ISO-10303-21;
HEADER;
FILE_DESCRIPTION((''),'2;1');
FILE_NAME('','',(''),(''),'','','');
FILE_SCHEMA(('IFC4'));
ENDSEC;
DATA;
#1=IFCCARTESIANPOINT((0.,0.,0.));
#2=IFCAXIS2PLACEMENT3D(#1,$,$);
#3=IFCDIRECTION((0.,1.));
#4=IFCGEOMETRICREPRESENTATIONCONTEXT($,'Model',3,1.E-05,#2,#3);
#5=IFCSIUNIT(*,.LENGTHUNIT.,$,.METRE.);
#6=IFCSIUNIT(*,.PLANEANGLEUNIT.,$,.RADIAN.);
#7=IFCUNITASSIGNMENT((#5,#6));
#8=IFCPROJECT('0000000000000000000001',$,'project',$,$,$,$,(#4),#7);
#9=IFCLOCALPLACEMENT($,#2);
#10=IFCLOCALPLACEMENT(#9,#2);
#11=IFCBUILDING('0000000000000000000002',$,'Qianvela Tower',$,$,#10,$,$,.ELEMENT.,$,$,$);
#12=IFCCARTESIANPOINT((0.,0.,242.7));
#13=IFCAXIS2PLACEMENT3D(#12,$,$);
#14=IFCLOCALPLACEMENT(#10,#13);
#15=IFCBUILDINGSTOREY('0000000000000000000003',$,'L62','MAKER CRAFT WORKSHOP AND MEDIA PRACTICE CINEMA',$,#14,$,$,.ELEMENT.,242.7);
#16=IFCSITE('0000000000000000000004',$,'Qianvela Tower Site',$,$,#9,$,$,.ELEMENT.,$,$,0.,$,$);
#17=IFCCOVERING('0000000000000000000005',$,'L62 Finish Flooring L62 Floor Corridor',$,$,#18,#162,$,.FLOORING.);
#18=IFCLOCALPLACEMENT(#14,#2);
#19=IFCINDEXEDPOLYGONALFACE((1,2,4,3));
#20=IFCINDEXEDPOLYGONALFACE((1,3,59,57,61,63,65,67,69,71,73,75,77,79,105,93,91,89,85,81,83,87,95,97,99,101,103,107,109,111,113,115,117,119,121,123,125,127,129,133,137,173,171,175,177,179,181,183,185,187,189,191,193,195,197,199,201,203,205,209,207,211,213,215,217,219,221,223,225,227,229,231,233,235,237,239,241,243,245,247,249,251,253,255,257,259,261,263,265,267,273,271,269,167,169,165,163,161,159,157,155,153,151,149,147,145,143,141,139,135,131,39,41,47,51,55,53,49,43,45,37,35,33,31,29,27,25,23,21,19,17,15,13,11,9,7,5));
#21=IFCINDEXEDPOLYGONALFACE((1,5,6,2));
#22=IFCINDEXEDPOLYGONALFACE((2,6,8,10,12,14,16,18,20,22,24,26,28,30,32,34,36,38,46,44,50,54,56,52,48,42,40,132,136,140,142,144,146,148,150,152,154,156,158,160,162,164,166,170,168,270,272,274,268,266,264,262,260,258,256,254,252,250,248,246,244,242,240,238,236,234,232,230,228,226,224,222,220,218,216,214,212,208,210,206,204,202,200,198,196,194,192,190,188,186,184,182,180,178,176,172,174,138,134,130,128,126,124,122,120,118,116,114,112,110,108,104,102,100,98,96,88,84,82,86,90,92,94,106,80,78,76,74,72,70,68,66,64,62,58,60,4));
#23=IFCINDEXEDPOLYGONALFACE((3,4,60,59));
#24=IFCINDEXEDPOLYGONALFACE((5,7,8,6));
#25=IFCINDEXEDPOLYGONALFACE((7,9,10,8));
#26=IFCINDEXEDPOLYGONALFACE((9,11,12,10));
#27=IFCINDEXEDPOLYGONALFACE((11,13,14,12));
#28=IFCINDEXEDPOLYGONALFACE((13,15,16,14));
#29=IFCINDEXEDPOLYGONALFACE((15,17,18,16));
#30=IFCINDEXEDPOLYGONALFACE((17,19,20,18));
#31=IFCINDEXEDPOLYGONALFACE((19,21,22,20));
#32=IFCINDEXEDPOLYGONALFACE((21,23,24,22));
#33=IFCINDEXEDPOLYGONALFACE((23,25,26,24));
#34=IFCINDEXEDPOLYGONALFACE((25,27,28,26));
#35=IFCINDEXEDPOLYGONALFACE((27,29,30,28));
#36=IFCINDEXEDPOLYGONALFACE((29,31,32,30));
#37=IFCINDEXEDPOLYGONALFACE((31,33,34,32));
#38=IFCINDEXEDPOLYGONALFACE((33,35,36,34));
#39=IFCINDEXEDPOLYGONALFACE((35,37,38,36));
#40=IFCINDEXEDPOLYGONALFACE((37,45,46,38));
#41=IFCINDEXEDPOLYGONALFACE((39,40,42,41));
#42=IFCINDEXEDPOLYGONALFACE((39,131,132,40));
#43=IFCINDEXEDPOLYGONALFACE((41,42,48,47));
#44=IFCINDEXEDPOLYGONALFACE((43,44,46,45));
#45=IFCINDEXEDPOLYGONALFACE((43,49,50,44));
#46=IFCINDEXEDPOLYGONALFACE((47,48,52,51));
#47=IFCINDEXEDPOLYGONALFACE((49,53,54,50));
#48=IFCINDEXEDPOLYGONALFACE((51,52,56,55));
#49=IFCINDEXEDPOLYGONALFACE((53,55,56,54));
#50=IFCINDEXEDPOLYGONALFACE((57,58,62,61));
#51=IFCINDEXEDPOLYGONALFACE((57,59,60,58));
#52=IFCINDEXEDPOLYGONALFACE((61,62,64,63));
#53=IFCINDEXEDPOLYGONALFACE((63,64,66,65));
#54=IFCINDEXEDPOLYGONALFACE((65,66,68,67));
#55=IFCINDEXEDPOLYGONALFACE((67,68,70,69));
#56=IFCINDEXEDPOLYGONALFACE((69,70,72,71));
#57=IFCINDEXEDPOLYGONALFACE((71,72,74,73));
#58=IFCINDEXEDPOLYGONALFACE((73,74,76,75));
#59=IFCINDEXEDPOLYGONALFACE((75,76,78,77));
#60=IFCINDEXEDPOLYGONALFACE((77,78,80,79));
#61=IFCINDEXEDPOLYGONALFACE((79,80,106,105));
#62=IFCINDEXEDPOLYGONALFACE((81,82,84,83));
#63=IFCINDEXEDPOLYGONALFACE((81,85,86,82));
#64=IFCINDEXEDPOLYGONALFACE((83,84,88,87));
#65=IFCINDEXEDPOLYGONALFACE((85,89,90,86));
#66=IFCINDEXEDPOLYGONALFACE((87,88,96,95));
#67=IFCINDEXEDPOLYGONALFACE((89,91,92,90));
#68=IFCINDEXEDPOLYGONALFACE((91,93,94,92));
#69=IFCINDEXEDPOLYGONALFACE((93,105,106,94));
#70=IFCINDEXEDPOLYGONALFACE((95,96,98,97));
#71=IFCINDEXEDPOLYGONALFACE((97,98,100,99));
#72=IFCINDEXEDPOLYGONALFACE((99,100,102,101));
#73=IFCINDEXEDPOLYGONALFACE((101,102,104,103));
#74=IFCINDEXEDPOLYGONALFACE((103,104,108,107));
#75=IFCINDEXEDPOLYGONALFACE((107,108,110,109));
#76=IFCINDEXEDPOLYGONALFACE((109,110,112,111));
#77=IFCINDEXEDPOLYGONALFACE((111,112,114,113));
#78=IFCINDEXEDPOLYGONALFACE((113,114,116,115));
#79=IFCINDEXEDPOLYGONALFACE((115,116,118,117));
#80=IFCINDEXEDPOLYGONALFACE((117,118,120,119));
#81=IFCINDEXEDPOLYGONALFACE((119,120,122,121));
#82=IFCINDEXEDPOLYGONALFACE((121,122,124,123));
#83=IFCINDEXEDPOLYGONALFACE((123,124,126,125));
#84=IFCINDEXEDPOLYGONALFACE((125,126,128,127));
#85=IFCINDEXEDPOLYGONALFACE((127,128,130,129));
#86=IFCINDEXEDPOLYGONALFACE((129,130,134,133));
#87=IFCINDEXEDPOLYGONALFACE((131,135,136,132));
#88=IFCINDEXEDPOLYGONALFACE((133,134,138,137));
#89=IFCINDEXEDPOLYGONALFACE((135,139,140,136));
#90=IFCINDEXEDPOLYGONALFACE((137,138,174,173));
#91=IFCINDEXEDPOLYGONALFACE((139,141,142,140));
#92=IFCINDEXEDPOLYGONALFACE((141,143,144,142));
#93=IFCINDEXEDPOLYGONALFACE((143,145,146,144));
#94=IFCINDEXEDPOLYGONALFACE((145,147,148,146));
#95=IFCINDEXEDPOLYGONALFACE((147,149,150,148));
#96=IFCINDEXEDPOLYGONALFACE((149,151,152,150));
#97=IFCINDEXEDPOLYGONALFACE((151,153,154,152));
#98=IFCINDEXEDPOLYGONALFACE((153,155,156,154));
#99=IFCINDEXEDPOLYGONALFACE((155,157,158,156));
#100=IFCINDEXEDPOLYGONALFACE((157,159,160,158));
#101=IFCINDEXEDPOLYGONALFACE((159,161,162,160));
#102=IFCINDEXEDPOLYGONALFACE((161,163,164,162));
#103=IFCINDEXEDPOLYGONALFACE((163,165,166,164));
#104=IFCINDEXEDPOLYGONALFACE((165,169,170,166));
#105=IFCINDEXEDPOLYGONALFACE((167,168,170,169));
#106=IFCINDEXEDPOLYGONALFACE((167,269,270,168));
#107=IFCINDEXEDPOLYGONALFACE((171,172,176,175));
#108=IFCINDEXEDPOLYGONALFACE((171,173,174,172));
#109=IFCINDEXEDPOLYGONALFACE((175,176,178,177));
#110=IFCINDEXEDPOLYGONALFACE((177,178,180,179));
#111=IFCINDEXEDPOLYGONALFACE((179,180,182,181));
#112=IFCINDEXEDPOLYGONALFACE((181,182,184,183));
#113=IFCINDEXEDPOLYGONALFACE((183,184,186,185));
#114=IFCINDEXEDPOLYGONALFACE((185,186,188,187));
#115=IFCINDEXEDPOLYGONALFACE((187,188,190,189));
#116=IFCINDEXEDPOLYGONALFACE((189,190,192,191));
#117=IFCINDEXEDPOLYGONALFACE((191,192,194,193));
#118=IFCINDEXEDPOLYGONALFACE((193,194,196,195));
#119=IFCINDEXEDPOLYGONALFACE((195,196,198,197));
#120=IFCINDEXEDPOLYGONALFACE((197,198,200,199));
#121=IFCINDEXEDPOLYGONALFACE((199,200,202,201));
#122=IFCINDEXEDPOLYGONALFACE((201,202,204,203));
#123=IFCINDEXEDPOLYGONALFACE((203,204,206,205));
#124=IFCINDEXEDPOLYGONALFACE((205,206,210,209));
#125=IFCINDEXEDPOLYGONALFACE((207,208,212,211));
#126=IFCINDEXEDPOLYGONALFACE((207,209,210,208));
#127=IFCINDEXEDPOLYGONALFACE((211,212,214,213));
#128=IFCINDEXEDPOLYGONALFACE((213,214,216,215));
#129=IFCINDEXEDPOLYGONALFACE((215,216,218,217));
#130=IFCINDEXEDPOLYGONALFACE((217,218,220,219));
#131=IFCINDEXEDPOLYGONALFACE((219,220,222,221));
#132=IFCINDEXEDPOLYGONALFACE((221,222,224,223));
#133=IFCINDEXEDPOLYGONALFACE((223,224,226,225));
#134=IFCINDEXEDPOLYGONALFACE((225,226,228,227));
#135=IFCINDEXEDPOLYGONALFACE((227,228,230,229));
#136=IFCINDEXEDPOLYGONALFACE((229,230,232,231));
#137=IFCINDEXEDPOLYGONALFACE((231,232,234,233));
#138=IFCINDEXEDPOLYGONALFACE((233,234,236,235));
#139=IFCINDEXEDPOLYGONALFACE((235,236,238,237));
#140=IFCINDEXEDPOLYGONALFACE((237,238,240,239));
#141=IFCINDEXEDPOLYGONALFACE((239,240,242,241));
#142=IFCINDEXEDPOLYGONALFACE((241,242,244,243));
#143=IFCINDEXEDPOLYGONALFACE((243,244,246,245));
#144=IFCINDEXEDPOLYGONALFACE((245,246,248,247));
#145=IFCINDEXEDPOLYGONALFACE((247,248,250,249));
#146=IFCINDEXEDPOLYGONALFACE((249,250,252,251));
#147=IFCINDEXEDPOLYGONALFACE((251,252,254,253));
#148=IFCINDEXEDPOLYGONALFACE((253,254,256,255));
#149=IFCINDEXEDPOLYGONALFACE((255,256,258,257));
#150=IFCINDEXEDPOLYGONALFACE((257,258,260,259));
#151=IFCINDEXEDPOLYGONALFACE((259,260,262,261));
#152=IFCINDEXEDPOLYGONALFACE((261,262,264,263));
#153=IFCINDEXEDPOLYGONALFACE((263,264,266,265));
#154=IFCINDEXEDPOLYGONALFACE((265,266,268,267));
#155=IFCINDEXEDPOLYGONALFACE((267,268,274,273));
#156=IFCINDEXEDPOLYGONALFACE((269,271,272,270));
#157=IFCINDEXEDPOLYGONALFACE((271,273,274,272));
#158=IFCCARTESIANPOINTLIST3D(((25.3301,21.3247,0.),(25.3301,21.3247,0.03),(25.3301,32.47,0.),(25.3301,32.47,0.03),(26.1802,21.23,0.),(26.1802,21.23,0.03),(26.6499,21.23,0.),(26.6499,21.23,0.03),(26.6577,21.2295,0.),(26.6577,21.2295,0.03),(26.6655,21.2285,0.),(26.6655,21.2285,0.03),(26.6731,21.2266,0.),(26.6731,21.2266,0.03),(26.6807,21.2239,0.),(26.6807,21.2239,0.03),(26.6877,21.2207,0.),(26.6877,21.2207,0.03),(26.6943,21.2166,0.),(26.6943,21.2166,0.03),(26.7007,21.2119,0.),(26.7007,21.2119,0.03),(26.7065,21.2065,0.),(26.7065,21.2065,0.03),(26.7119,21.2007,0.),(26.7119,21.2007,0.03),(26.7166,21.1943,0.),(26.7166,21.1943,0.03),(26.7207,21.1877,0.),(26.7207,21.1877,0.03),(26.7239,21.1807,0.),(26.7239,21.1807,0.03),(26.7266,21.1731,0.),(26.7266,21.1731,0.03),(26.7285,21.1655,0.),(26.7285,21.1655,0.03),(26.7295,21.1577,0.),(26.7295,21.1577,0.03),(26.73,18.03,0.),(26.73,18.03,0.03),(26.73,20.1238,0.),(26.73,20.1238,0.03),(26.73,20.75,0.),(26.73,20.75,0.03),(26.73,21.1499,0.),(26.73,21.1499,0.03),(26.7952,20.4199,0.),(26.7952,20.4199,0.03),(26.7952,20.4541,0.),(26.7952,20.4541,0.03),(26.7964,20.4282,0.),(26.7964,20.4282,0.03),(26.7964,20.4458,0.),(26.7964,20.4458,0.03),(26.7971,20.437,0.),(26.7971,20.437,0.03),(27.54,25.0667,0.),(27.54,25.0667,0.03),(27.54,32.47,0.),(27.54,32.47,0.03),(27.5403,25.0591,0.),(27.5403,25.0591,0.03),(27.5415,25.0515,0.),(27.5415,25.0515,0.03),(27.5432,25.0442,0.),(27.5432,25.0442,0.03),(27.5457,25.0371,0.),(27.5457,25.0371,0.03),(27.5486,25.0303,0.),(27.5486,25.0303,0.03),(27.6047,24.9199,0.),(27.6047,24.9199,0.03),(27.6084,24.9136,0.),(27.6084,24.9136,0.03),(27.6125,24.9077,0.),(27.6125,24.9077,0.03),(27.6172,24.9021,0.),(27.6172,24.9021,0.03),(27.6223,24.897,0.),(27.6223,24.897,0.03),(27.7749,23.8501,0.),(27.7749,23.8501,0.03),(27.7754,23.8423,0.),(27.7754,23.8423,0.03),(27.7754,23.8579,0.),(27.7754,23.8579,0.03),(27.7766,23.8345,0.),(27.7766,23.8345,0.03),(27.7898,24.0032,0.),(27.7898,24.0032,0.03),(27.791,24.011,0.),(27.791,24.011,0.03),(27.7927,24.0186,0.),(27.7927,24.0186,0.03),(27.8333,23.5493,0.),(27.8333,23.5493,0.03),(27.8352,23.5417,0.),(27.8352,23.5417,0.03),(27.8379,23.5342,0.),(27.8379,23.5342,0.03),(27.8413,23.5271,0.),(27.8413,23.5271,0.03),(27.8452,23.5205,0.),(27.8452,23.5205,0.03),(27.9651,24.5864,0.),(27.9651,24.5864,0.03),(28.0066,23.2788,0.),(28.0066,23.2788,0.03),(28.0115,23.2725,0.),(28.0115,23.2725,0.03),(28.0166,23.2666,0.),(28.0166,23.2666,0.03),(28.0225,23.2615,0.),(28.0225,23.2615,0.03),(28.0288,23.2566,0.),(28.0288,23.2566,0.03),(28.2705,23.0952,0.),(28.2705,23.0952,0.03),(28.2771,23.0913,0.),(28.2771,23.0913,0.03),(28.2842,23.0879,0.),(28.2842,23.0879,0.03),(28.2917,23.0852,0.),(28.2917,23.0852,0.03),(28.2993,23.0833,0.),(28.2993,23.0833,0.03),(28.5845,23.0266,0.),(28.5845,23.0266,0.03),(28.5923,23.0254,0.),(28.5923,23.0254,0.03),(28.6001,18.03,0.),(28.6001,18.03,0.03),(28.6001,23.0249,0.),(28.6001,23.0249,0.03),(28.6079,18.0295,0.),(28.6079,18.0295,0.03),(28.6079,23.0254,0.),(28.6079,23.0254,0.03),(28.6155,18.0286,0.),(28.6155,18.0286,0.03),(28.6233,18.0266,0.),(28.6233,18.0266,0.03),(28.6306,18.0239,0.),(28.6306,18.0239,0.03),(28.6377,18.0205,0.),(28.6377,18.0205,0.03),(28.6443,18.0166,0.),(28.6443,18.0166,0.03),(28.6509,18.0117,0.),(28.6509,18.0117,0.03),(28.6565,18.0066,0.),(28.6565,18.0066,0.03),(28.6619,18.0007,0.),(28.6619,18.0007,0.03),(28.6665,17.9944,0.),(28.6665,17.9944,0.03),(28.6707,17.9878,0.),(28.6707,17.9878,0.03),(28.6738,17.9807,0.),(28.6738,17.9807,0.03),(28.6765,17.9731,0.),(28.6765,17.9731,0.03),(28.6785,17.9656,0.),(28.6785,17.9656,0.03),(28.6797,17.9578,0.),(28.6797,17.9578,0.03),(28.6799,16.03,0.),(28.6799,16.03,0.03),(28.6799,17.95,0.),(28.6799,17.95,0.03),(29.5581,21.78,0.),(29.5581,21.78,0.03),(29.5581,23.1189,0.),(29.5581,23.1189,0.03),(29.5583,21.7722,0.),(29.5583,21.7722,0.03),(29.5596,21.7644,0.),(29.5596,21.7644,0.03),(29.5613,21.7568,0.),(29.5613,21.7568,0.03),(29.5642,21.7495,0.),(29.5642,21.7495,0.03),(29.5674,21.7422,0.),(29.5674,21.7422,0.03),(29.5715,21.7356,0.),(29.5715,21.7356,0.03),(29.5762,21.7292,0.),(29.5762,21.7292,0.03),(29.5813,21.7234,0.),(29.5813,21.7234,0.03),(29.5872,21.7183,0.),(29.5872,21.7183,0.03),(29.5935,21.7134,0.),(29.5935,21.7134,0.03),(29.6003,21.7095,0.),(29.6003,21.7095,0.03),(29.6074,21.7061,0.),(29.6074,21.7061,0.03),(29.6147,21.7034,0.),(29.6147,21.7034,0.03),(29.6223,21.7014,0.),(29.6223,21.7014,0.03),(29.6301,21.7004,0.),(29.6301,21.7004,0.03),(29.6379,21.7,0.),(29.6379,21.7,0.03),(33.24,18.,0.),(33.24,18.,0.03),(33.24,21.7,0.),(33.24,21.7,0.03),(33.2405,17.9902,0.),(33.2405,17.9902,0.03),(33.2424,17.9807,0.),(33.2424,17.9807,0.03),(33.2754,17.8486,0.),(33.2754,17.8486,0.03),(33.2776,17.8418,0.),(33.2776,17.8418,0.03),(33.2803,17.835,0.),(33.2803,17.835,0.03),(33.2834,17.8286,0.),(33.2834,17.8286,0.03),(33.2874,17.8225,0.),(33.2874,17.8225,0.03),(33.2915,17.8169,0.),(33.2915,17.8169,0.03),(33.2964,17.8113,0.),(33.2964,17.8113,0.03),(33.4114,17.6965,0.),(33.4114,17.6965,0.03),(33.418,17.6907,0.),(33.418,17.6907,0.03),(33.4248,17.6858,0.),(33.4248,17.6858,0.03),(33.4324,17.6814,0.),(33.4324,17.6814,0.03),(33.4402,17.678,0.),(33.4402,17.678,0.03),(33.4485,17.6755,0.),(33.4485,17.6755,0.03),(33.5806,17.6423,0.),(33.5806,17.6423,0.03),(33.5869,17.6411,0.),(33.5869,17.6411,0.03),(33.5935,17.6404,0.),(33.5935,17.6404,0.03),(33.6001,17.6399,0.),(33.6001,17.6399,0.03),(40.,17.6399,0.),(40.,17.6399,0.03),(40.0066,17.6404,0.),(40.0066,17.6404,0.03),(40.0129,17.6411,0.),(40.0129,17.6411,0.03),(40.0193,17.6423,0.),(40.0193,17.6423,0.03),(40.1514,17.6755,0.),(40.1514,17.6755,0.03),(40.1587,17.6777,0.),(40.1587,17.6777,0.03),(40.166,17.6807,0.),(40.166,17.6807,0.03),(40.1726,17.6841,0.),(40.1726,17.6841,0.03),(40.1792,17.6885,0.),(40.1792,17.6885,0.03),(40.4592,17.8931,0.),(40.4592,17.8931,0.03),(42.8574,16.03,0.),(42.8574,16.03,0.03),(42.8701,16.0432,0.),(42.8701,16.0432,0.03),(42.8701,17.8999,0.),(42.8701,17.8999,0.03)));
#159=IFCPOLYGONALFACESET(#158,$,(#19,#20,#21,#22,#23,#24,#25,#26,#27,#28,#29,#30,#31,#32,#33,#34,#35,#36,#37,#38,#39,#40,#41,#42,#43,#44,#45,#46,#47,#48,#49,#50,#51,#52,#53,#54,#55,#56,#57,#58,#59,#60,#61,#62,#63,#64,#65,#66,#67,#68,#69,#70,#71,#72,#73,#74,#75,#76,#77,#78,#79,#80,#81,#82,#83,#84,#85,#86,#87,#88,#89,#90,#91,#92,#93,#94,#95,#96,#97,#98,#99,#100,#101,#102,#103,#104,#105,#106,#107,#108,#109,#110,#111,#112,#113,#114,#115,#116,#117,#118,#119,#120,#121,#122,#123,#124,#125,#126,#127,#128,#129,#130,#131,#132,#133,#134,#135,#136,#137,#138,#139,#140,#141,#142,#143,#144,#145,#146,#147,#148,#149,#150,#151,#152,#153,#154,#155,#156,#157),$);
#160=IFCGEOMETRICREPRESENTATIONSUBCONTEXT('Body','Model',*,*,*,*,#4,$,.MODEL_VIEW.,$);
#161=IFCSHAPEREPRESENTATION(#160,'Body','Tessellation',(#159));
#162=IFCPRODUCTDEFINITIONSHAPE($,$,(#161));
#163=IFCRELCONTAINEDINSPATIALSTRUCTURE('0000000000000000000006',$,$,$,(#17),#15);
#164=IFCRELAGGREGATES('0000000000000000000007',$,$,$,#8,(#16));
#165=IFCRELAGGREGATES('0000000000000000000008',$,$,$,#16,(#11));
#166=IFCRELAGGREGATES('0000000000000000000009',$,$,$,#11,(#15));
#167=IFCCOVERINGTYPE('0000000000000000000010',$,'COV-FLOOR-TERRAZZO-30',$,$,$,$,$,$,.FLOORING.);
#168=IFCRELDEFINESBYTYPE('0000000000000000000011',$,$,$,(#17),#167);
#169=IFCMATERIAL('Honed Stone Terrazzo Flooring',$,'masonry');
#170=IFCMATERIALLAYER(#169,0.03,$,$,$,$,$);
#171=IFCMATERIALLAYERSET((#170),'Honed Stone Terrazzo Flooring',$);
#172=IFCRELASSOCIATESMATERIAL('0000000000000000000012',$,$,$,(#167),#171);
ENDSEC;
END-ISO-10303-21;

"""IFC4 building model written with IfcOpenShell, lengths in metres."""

from ifc_helpers import new_model, si_unit, direction, frame, origin, place, context, subcontext, project, spatial, polyline, outline, extrude, material, layer, layer_set, type_object, element, save


model = new_model("IFC4")

# Units and contexts
model_context = context("Model", 3, precision=1e-05, world=origin(), true_north=direction((0.0, 1.0)))
body_context = subcontext(model_context, "Body", "Model", "MODEL_VIEW")
ifc_project = project(units=[si_unit("LENGTHUNIT", "METRE"), si_unit("PLANEANGLEUNIT", "RADIAN")], contexts=[model_context])

# Site, building, storey
site_placement = place(None, origin())
site = spatial("IfcSite", under=ifc_project, at=site_placement, Name="Qianvela Tower Site", CompositionType="ELEMENT", RefElevation=0.0)
building_placement = place(site_placement, origin())
building = spatial("IfcBuilding", under=site, at=building_placement, Name="Qianvela Tower", CompositionType="ELEMENT")
storey_placement = place(building_placement, frame((0.0, 0.0, 242.7)))
storey = spatial("IfcBuildingStorey", under=building, at=storey_placement, Name="L62", Description="MAKER CRAFT WORKSHOP AND MEDIA PRACTICE CINEMA", CompositionType="ELEMENT", Elevation=242.7)

# Covering
ifc_material_1 = material(Name="Honed Stone Terrazzo Flooring", Category="masonry")
ifc_layer_1 = layer(ifc_material_1, 0.03)
ifc_layer_set_1 = layer_set([ifc_layer_1], Name="Honed Stone Terrazzo Flooring")
covering_type_1 = type_object("IfcCoveringType", Name="COV-FLOOR-TERRAZZO-30", PredefinedType="FLOORING", material=ifc_layer_set_1)
covering_1_placement = place(storey_placement, origin())
element("IfcCovering", 1, at=covering_1_placement, inside=storey, type_object=covering_type_1, Name="L62 Finish Flooring L62 Floor Corridor", PredefinedType="FLOORING", context=body_context, shape_type="SweptSolid", body=[
    extrude(outline(polyline([(27.7927, 24.0186), (27.791, 24.011), (27.7898, 24.0032), (27.7754, 23.8579), (27.7749, 23.8501), (27.7754, 23.8423), (27.7766, 23.8345), (27.8333, 23.5493), (27.8352, 23.5417), (27.8379, 23.5342), (27.8413, 23.5271), (27.8452, 23.5205), (28.0066, 23.2788), (28.0115, 23.2725), (28.0166, 23.2666), (28.0225, 23.2615), (28.0288, 23.2566), (28.2705, 23.0952), (28.2771, 23.0913), (28.2842, 23.0879), (28.2917, 23.0852), (28.2993, 23.0833), (28.5845, 23.0266), (28.5923, 23.0254), (28.6001, 23.0249), (28.6079, 23.0254), (29.5581, 23.1189), (29.5581, 21.78), (29.5583, 21.7722), (29.5596, 21.7644), (29.5613, 21.7568), (29.5642, 21.7495), (29.5674, 21.7422), (29.5715, 21.7356), (29.5762, 21.7292), (29.5813, 21.7234), (29.5872, 21.7183), (29.5935, 21.7134), (29.6003, 21.7095), (29.6074, 21.7061), (29.6147, 21.7034), (29.6223, 21.7014), (29.6301, 21.7004), (29.6379, 21.7), (33.24, 21.7), (33.24, 18.0), (33.2405, 17.9902), (33.2424, 17.9807), (33.2754, 17.8486), (33.2776, 17.8418), (33.2803, 17.835), (33.2834, 17.8286), (33.2874, 17.8225), (33.2915, 17.8169), (33.2964, 17.8113), (33.4114, 17.6965), (33.418, 17.6907), (33.4248, 17.6858), (33.4324, 17.6814), (33.4402, 17.678), (33.4485, 17.6755), (33.5806, 17.6423), (33.5869, 17.6411), (33.5935, 17.6404), (33.6001, 17.6399), (40.0, 17.6399), (40.0066, 17.6404), (40.0129, 17.6411), (40.0193, 17.6423), (40.1514, 17.6755), (40.1587, 17.6777), (40.166, 17.6807), (40.1726, 17.6841), (40.1792, 17.6885), (40.4592, 17.8931), (42.8701, 17.8999), (42.8701, 16.0432), (42.8574, 16.03), (28.6799, 16.03), (28.6799, 17.95), (28.6797, 17.9578), (28.6785, 17.9656), (28.6765, 17.9731), (28.6738, 17.9807), (28.6707, 17.9878), (28.6665, 17.9944), (28.6619, 18.0007), (28.6565, 18.0066), (28.6509, 18.0117), (28.6443, 18.0166), (28.6377, 18.0205), (28.6306, 18.0239), (28.6233, 18.0266), (28.6155, 18.0286), (28.6079, 18.0295), (28.6001, 18.03), (26.73, 18.03), (26.73, 20.1238), (26.7952, 20.4199), (26.7964, 20.4282), (26.7971, 20.437), (26.7964, 20.4458), (26.7952, 20.4541), (26.73, 20.75), (26.73, 21.1499), (26.7295, 21.1577), (26.7285, 21.1655), (26.7266, 21.1731), (26.7239, 21.1807), (26.7207, 21.1877), (26.7166, 21.1943), (26.7119, 21.2007), (26.7065, 21.2065), (26.7007, 21.2119), (26.6943, 21.2166), (26.6877, 21.2207), (26.6807, 21.2239), (26.6731, 21.2266), (26.6655, 21.2285), (26.6577, 21.2295), (26.6499, 21.23), (26.1802, 21.23), (25.3301, 21.3247), (25.3301, 32.47), (27.54, 32.47), (27.54, 25.0667), (27.5403, 25.0591), (27.5415, 25.0515), (27.5432, 25.0442), (27.5457, 25.0371), (27.5486, 25.0303), (27.6047, 24.9199), (27.6084, 24.9136), (27.6125, 24.9077), (27.6172, 24.9021), (27.6223, 24.897), (27.9651, 24.5864), (27.7927, 24.0186)])), origin(), (0.0, 0.0, 1.0), 0.03),
])

save(model, "model.ifc")
